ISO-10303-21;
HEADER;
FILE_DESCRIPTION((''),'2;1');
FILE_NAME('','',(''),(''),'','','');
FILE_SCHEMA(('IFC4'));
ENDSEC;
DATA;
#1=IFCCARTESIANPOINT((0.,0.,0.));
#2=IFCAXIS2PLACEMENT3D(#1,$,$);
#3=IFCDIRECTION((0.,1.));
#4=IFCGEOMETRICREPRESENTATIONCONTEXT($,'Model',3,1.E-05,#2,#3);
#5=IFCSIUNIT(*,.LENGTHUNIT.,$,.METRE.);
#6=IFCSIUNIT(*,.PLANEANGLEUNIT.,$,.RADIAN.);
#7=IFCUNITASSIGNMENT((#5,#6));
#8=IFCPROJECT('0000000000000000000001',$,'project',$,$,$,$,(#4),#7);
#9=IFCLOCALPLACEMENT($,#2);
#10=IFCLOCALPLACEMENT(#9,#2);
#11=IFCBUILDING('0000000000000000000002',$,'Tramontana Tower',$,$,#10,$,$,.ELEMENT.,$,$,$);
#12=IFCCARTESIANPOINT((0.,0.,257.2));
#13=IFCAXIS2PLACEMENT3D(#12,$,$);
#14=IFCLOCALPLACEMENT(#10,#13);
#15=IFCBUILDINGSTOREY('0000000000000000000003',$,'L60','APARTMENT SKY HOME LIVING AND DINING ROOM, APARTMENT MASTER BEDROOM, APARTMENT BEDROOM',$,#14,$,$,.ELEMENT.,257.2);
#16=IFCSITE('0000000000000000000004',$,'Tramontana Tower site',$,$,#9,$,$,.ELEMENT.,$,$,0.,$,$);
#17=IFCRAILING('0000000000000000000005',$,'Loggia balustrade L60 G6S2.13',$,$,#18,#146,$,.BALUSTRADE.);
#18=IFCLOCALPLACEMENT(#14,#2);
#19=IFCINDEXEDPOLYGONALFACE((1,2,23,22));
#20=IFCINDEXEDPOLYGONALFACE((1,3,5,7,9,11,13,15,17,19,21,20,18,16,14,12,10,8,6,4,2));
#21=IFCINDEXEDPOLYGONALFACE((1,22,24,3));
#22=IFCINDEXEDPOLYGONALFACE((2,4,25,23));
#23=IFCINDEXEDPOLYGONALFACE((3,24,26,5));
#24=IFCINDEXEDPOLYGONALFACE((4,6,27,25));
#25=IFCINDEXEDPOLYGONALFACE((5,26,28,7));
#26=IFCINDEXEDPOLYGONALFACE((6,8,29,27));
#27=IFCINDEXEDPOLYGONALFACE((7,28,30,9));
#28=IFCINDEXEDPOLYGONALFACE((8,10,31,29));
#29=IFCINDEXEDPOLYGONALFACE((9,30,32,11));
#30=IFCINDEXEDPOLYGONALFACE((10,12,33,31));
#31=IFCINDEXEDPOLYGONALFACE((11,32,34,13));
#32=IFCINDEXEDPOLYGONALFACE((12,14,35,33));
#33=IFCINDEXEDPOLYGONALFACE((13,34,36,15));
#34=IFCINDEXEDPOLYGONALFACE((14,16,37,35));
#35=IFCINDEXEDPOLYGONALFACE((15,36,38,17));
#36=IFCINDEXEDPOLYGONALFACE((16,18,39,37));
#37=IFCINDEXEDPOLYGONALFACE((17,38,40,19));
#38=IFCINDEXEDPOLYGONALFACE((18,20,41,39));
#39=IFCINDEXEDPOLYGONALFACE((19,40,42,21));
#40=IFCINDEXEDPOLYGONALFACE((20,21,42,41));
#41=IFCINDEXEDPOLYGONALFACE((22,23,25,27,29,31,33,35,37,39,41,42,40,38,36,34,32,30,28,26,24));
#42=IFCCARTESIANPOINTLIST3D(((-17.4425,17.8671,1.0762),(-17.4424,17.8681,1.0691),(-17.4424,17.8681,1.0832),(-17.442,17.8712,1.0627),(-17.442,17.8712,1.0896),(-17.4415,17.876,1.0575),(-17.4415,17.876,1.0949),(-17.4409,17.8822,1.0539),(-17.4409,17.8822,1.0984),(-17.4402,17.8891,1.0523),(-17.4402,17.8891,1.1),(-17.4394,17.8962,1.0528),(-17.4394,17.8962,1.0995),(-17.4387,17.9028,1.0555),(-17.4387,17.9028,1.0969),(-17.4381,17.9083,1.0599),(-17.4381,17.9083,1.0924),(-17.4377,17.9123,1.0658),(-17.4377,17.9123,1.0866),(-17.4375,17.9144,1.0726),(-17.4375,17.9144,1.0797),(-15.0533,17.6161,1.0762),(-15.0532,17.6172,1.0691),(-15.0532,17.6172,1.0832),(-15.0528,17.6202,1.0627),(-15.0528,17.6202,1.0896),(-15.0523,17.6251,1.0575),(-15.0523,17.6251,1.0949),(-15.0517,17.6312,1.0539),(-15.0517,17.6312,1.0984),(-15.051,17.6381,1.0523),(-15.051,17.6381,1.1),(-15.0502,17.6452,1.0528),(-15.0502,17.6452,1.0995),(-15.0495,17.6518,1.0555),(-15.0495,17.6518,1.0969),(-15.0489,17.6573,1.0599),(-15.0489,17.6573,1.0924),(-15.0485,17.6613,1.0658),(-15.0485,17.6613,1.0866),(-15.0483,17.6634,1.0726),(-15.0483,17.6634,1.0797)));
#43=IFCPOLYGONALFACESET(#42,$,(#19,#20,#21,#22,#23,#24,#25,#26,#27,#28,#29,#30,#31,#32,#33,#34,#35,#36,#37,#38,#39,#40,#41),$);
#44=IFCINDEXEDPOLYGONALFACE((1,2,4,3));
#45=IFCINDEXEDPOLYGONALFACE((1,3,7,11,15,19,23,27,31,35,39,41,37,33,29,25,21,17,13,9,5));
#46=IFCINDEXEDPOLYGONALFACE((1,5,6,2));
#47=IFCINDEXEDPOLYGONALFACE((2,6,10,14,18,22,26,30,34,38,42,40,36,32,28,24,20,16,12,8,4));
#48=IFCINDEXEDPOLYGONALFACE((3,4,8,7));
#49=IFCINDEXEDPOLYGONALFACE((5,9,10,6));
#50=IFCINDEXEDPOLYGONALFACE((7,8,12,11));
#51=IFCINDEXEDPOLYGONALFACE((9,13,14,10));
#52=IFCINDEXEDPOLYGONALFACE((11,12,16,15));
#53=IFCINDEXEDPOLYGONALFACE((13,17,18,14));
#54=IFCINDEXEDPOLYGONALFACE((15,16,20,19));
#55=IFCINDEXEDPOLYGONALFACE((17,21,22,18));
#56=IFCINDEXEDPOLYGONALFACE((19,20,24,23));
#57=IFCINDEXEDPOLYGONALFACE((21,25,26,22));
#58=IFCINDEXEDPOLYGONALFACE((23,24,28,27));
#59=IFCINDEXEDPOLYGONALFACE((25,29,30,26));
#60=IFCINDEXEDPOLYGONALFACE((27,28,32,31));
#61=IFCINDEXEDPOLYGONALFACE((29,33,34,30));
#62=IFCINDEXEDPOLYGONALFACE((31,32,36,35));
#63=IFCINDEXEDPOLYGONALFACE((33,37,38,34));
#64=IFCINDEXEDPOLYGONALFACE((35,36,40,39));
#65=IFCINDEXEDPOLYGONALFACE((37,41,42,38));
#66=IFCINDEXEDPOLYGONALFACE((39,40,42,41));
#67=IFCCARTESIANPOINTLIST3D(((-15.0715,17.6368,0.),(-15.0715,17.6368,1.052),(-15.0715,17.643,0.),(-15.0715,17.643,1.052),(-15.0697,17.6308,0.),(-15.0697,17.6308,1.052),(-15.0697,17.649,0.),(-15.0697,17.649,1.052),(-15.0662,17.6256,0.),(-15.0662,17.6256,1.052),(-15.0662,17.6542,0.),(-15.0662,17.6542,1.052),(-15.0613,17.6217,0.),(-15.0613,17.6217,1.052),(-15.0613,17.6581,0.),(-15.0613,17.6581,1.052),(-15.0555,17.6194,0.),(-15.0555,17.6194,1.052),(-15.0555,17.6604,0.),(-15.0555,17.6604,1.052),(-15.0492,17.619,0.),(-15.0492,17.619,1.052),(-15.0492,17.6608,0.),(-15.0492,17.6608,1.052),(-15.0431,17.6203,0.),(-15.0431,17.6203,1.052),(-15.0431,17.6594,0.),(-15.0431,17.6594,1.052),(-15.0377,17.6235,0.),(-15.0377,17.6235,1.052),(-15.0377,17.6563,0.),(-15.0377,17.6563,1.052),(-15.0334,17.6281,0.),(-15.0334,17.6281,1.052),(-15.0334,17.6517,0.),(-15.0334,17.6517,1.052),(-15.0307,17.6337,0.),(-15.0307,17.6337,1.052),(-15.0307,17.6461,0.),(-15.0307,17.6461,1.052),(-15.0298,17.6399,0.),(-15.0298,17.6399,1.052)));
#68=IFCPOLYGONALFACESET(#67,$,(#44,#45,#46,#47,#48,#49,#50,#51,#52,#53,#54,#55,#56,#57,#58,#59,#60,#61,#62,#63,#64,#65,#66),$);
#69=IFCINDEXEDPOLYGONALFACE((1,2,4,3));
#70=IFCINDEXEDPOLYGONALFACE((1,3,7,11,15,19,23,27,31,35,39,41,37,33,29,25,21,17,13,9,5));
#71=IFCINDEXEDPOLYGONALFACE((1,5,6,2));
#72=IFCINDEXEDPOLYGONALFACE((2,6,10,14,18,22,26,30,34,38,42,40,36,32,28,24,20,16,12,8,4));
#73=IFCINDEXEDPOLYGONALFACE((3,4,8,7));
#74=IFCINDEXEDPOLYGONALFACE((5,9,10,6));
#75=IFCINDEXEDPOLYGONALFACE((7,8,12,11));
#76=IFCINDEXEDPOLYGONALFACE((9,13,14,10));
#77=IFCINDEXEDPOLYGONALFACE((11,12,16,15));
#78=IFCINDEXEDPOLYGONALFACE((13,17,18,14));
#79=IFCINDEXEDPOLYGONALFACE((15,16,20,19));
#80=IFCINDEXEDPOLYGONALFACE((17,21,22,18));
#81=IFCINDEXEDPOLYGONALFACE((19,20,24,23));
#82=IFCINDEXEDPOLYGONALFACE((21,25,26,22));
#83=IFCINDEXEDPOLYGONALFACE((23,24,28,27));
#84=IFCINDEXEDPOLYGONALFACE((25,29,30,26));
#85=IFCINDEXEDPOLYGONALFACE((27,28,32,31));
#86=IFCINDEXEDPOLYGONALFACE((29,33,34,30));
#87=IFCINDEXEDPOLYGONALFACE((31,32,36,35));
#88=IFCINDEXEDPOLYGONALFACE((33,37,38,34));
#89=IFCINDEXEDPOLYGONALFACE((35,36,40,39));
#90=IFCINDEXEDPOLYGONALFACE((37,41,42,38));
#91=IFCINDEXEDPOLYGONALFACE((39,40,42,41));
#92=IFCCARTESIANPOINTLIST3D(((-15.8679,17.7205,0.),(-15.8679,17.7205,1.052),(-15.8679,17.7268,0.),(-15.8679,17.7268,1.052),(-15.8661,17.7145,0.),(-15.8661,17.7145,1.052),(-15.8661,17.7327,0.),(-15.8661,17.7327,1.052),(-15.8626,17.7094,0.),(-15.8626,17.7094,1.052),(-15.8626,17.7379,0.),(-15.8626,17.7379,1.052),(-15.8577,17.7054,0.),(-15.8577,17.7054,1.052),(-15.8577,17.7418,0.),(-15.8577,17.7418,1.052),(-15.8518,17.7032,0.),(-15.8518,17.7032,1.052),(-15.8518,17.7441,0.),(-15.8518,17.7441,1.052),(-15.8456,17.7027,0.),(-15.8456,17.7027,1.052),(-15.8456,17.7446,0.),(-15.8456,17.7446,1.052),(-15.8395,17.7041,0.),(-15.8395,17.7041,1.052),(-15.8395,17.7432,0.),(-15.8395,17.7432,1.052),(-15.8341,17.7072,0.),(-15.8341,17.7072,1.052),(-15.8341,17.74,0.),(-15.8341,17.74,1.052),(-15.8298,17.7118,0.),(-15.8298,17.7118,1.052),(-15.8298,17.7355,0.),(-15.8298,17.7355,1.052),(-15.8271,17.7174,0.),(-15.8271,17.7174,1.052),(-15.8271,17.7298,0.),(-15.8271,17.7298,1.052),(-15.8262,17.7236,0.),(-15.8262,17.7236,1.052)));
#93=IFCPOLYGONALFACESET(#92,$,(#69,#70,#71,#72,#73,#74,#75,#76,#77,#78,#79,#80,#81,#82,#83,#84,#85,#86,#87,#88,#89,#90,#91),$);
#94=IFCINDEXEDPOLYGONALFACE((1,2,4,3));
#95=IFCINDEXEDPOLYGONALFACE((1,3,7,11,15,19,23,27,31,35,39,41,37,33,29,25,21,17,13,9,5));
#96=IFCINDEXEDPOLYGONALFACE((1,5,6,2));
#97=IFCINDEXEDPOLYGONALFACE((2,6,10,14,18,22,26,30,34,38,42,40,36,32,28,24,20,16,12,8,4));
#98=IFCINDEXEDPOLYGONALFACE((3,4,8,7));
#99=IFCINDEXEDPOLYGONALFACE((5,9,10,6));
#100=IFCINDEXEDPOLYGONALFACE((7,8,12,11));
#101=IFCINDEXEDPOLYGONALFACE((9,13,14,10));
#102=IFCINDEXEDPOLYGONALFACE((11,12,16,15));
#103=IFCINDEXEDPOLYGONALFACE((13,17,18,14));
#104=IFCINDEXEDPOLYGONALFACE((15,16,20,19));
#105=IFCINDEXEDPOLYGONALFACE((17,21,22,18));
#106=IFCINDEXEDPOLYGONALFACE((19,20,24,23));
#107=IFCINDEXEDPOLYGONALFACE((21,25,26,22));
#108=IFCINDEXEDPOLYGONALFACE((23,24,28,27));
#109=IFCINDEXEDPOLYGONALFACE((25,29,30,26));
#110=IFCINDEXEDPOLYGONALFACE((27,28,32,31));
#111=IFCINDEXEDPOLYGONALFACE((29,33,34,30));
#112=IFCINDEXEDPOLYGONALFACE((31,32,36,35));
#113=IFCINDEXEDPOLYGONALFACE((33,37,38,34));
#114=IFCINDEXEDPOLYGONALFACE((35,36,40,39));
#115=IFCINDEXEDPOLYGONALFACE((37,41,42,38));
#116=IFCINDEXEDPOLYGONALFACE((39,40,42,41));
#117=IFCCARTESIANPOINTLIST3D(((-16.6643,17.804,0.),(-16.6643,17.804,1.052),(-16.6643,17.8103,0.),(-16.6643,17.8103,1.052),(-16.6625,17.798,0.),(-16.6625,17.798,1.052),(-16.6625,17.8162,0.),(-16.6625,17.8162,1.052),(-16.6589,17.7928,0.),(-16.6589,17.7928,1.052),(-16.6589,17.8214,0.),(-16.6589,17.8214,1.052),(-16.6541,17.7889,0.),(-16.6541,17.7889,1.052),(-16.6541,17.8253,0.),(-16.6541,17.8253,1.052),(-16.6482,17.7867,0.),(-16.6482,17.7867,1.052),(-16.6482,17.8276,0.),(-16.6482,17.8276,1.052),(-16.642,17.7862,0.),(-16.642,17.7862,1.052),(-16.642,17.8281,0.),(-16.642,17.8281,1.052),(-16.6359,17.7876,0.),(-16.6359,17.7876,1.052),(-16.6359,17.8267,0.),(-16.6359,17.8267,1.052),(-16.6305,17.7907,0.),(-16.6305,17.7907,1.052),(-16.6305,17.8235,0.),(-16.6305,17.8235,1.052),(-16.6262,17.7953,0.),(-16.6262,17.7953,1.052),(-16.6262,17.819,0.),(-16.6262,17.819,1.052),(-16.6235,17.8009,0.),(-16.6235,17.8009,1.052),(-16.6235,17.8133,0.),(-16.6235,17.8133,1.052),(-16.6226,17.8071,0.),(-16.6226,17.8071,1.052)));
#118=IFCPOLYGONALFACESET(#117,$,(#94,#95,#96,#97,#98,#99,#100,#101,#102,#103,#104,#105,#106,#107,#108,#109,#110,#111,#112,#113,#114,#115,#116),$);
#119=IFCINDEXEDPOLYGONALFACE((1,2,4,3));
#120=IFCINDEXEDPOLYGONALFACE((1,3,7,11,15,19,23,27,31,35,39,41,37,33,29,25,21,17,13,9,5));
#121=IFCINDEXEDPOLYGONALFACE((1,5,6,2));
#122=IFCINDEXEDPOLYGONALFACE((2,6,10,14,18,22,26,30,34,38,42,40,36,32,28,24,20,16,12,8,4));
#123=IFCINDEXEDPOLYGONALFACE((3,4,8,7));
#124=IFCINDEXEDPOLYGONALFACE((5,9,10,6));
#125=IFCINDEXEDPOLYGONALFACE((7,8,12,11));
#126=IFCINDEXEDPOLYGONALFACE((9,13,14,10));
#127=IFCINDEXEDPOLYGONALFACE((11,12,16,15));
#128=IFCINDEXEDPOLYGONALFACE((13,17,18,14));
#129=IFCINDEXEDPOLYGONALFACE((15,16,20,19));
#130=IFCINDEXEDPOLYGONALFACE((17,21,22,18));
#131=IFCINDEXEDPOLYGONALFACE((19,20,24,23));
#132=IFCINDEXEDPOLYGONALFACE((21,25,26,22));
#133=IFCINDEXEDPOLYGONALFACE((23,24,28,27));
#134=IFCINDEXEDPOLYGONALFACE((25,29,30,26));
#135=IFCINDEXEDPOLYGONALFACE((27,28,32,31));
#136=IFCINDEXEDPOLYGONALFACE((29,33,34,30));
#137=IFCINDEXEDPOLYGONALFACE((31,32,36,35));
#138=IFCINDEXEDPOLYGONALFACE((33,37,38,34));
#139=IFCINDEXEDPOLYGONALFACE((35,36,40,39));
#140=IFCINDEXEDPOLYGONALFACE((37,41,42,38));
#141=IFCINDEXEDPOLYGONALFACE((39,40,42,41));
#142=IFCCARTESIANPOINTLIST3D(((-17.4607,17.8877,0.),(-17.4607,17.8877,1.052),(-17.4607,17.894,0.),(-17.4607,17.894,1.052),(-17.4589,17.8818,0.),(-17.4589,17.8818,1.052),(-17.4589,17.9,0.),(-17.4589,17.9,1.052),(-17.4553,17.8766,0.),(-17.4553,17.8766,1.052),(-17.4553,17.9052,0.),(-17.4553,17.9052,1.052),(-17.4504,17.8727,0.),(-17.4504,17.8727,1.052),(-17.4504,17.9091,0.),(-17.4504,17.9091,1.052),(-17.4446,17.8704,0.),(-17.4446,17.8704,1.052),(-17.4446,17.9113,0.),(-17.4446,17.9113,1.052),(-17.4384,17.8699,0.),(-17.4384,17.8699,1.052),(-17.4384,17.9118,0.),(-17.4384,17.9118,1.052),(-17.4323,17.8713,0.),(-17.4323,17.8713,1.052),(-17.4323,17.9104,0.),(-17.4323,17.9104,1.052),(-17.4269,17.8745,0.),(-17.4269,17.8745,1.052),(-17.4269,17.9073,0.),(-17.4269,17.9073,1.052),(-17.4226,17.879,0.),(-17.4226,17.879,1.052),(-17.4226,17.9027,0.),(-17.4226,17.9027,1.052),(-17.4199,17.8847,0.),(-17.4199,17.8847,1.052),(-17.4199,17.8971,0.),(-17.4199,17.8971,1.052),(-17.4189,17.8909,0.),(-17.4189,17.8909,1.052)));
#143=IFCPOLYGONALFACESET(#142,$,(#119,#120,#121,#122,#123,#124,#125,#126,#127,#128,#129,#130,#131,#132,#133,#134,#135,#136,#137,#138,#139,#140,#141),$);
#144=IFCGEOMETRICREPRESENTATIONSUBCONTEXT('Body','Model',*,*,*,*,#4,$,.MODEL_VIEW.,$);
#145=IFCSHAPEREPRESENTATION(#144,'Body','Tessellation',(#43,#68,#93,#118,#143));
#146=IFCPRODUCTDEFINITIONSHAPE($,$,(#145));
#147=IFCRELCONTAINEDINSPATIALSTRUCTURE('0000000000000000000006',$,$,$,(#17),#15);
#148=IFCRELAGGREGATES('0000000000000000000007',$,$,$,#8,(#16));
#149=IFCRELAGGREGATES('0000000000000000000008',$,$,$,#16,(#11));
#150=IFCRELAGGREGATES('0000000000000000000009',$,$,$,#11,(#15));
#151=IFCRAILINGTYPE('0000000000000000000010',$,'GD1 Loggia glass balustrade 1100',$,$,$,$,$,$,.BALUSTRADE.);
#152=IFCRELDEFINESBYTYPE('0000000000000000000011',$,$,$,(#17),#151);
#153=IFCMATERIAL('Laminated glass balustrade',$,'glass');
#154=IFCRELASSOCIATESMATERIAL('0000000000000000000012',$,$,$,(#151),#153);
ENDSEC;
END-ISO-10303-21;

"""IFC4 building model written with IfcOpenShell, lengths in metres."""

from ifc_helpers import new_model, si_unit, direction, frame, origin, origin_2d, place, context, subcontext, project, spatial, circle, extrude, material, type_object, element, save


model = new_model("IFC4")

# Units and contexts
model_context = context("Model", 3, precision=1e-05, world=origin(), true_north=direction((0.0, 1.0)))
body_context = subcontext(model_context, "Body", "Model", "MODEL_VIEW")
ifc_project = project(units=[si_unit("LENGTHUNIT", "METRE"), si_unit("PLANEANGLEUNIT", "RADIAN")], contexts=[model_context])

# Site, building, storey
site_placement = place(None, origin())
site = spatial("IfcSite", under=ifc_project, at=site_placement, Name="Tramontana Tower site", CompositionType="ELEMENT", RefElevation=0.0)
building_placement = place(site_placement, origin())
building = spatial("IfcBuilding", under=site, at=building_placement, Name="Tramontana Tower", CompositionType="ELEMENT")
storey_placement = place(building_placement, frame((0.0, 0.0, 257.2)))
storey = spatial("IfcBuildingStorey", under=building, at=storey_placement, Name="L60", Description="APARTMENT SKY HOME LIVING AND DINING ROOM, APARTMENT MASTER BEDROOM, APARTMENT BEDROOM", CompositionType="ELEMENT", Elevation=257.2)

# Railing
ifc_material_1 = material(Name="Laminated glass balustrade", Category="glass")
railing_type = type_object("IfcRailingType", Name="GD1 Loggia glass balustrade 1100", PredefinedType="BALUSTRADE", material=ifc_material_1)
railing_1_placement = place(storey_placement, frame((-15.0508, 17.6399, 0.0)))
element("IfcRailing", 1, at=railing_1_placement, inside=storey, type_object=railing_type, Name="Loggia balustrade L60 G6S2.13", PredefinedType="BALUSTRADE", context=body_context, shape_type="SweptSolid", body=[
    extrude(circle(Radius=0.0239, at=origin_2d()), frame((0.0, 0.0, 1.0762), z_axis=(-0.994528, 0.104473, 0.0), x_axis=(-0.104473, -0.994528, 0.0)), (0.0, 0.0, 1.0), 2.4023),
    extrude(circle(Radius=0.021, at=origin_2d()), origin(), (0.0, 0.0, 1.0), 1.052),
    extrude(circle(Radius=0.021, at=origin_2d()), frame((-0.7964, 0.0837, 0.0)), (0.0, 0.0, 1.0), 1.052),
    extrude(circle(Radius=0.021, at=origin_2d()), frame((-1.5928, 0.1672, 0.0)), (0.0, 0.0, 1.0), 1.052),
    extrude(circle(Radius=0.021, at=origin_2d()), frame((-2.3892, 0.251, 0.0)), (0.0, 0.0, 1.0), 1.052),
])

save(model, "model.ifc")
